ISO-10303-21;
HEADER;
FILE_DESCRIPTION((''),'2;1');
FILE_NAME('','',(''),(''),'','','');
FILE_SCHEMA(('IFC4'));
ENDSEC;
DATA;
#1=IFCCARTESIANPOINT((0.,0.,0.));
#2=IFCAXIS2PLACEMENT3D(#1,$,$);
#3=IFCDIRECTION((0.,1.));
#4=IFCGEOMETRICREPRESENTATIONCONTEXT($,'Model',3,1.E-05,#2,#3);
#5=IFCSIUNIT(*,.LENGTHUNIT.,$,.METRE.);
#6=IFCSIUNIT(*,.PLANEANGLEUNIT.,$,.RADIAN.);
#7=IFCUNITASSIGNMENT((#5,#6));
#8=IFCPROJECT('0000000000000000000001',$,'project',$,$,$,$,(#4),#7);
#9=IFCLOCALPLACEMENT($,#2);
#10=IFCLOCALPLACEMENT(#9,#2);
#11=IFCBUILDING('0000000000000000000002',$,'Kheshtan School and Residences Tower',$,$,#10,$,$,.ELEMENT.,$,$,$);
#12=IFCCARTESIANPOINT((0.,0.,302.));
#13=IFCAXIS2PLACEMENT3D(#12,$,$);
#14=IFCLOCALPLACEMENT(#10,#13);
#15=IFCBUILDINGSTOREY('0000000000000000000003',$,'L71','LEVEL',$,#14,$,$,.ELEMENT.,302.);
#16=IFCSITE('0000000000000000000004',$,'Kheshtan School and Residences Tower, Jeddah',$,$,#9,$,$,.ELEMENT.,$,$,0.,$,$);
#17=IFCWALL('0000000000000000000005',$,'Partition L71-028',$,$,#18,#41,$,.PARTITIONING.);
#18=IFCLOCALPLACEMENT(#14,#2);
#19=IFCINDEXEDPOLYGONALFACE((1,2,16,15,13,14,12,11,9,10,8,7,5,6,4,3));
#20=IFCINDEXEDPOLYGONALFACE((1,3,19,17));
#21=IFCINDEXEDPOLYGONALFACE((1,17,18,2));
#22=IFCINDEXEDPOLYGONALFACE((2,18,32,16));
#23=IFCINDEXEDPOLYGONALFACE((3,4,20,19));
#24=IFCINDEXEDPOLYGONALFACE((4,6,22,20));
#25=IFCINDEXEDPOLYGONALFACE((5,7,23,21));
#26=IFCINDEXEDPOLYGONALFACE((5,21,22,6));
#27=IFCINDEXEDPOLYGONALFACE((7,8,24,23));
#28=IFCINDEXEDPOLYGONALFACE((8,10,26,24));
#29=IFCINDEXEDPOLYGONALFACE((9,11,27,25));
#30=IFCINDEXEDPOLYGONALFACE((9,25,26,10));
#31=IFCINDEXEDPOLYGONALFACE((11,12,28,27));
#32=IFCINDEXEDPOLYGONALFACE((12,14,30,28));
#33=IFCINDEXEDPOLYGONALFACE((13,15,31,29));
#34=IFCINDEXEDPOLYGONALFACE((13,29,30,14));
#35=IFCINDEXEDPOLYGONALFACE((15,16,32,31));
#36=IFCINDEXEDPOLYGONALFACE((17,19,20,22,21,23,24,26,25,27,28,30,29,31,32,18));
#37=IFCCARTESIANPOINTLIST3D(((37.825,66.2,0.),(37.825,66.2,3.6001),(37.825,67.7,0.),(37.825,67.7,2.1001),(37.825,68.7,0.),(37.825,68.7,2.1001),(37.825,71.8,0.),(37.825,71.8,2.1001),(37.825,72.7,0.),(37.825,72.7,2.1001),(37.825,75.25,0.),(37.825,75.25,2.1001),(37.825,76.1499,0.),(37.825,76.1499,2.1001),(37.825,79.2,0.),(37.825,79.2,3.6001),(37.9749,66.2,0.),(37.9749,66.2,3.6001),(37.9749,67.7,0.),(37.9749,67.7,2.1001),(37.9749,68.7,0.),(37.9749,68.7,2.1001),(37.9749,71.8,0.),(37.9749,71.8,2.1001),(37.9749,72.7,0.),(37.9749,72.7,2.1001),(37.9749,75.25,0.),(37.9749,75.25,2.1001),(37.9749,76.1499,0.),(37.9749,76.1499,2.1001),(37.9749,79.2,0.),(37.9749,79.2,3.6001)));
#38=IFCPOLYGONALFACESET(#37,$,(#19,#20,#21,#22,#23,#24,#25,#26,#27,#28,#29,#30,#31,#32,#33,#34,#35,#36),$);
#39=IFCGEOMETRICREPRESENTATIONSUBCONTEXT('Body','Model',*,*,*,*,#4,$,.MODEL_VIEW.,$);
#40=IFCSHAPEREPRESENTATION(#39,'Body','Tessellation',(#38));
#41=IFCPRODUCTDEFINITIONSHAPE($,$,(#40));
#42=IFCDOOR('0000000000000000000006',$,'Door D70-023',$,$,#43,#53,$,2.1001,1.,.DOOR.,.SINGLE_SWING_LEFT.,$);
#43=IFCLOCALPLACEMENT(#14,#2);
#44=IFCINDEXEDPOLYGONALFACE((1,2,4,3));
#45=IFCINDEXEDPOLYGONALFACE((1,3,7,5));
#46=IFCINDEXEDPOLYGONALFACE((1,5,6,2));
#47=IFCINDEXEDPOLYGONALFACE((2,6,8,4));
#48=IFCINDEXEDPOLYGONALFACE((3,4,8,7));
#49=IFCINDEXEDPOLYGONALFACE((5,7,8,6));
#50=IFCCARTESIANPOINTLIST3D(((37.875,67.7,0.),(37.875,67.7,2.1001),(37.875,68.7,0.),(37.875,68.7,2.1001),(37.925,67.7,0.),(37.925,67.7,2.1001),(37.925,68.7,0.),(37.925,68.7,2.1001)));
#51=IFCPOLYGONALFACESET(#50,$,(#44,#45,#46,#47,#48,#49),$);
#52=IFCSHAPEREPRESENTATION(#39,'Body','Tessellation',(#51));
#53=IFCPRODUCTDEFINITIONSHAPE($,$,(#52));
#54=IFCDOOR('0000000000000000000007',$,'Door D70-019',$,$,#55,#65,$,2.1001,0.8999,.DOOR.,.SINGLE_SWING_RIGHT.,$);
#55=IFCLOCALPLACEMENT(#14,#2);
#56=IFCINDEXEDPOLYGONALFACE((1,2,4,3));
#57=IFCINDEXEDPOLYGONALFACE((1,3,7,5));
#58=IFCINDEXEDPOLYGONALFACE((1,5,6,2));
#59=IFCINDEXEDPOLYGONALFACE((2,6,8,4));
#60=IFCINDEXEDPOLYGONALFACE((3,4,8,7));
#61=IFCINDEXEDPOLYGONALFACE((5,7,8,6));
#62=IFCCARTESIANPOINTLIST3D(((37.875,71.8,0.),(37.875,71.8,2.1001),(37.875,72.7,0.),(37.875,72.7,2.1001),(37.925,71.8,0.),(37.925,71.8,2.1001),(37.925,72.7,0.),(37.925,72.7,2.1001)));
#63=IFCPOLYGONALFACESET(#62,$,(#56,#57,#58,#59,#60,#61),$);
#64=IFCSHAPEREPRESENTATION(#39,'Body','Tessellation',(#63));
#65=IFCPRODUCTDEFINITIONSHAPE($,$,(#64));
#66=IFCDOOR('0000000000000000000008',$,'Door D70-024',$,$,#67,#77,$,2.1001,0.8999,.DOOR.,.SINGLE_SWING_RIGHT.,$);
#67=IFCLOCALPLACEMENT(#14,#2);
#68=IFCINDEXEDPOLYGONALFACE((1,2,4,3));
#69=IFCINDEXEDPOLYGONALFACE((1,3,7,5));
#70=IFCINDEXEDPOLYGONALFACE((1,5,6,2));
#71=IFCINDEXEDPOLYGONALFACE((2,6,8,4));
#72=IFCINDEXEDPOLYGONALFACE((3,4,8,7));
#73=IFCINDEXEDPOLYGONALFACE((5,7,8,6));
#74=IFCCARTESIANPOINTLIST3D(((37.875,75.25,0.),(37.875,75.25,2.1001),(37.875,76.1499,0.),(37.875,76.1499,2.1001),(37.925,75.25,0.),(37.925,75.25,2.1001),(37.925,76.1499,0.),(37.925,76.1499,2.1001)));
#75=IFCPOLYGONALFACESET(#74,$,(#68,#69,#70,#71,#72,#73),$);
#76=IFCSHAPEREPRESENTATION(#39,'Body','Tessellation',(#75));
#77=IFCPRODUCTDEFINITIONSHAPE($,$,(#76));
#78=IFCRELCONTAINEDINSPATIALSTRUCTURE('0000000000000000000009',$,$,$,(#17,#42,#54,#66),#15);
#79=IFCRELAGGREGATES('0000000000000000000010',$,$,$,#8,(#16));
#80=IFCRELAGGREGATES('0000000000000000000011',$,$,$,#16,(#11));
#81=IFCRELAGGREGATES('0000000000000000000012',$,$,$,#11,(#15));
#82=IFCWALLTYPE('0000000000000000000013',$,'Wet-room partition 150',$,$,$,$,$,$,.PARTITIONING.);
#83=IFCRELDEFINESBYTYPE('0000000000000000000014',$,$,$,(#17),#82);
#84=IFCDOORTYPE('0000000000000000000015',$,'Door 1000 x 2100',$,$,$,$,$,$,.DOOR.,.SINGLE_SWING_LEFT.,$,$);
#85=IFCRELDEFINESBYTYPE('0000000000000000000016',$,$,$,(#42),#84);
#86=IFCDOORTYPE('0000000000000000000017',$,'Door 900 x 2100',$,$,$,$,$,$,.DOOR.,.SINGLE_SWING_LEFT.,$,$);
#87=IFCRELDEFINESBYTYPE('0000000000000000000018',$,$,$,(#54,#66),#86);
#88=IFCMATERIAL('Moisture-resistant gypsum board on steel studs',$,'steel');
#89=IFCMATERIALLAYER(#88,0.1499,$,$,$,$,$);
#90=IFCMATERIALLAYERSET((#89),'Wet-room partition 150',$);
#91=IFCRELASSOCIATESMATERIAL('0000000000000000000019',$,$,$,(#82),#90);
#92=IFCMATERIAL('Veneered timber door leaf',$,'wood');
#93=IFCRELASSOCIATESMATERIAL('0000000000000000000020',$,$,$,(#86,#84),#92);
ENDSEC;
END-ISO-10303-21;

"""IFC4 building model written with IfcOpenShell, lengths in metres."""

from ifc_helpers import new_model, si_unit, direction, frame, frame_2d, origin, place, context, subcontext, project, spatial, rectangle, extrude, source, transform, mapped, material, layer, layer_set, type_object, element, fill, save


model = new_model("IFC4")

# Units and contexts
model_context = context("Model", 3, precision=1e-05, world=origin(), true_north=direction((0.0, 1.0)))
body_context = subcontext(model_context, "Body", "Model", "MODEL_VIEW")
ifc_project = project(units=[si_unit("LENGTHUNIT", "METRE"), si_unit("PLANEANGLEUNIT", "RADIAN")], contexts=[model_context])

# Site, building, storey
site_placement = place(None, origin())
site = spatial("IfcSite", under=ifc_project, at=site_placement, Name="Kheshtan School and Residences Tower, Jeddah", CompositionType="ELEMENT", RefElevation=0.0)
building_placement = place(site_placement, origin())
building = spatial("IfcBuilding", under=site, at=building_placement, Name="Kheshtan School and Residences Tower", CompositionType="ELEMENT")
storey_placement = place(building_placement, frame((0.0, 0.0, 302.0)))
storey = spatial("IfcBuildingStorey", under=building, at=storey_placement, Name="L71", Description="LEVEL", CompositionType="ELEMENT", Elevation=302.0)

# Shared definitions
ifc_material_1 = material(Name="Moisture-resistant gypsum board on steel studs", Category="steel")
ifc_layer_1 = layer(ifc_material_1, 0.1499)
ifc_layer_set_1 = layer_set([ifc_layer_1], Name="Wet-room partition 150")
wall_type_1 = type_object("IfcWallType", Name="Wet-room partition 150", PredefinedType="PARTITIONING", material=ifc_layer_set_1)

# Shared definitions
ifc_material_2 = material(Name="Veneered timber door leaf", Category="wood")

# Wall, openings, doors
door_type_1 = type_object("IfcDoorType", Name="Door 900 x 2100", OperationType="SINGLE_SWING_LEFT", PredefinedType="DOOR", material=ifc_material_2)
shared_shape_1 = source(origin(), body_context, "Body", "SweptSolid", [
    extrude(rectangle(XDim=0.8999, YDim=2.1001, at=frame_2d((0.45, 1.05))), frame((0.0, 0.0249, 0.0), z_axis=(0.0, -1.0, 0.0), x_axis=(1.0, 0.0, 0.0)), (0.0, 0.0, 1.0), 0.05),
])
wall_1_placement = place(storey_placement, frame((37.8999, 66.2, 0.0), z_axis=(0.0, 0.0, 1.0), x_axis=(0.0, 1.0, 0.0)))
wall_1 = element("IfcWall", 1, at=wall_1_placement, inside=storey, type_object=wall_type_1, Name="Partition L71-028", PredefinedType="PARTITIONING", context=body_context, shape_type="SweptSolid", body=[
    extrude(rectangle(XDim=13.0, YDim=0.1499, at=frame_2d((6.5, 0.0))), origin(), (0.0, 0.0, 1.0), 3.6001),
])
opening_1_placement = place(wall_1_placement, frame((5.6001, 0.0, 0.0)))
opening_1 = element("IfcOpeningElement", 2, at=opening_1_placement, cuts=wall_1, PredefinedType="OPENING", context=body_context, shape_type="SweptSolid", body=[
    extrude(rectangle(XDim=0.8999, YDim=2.1001, at=frame_2d((0.45, 1.05))), frame((0.0, 0.085, 0.0), z_axis=(0.0, -1.0, 0.0), x_axis=(1.0, 0.0, 0.0)), (0.0, 0.0, 1.0), 0.1699),
])
opening_2_placement = place(wall_1_placement, frame((1.5, 0.0, 0.0)))
opening_2 = element("IfcOpeningElement", 3, at=opening_2_placement, cuts=wall_1, PredefinedType="OPENING", context=body_context, shape_type="SweptSolid", body=[
    extrude(rectangle(XDim=1.0, YDim=2.1001, at=frame_2d((0.5, 1.05))), frame((0.0, 0.085, 0.0), z_axis=(0.0, -1.0, 0.0), x_axis=(1.0, 0.0, 0.0)), (0.0, 0.0, 1.0), 0.1699),
])
opening_3_placement = place(wall_1_placement, frame((9.05, 0.0, 0.0)))
opening_3 = element("IfcOpeningElement", 4, at=opening_3_placement, cuts=wall_1, PredefinedType="OPENING", context=body_context, shape_type="SweptSolid", body=[
    extrude(rectangle(XDim=0.8999, YDim=2.1001, at=frame_2d((0.45, 1.05))), frame((0.0, 0.085, 0.0), z_axis=(0.0, -1.0, 0.0), x_axis=(1.0, 0.0, 0.0)), (0.0, 0.0, 1.0), 0.1699),
])
door_type_2 = type_object("IfcDoorType", Name="Door 1000 x 2100", OperationType="SINGLE_SWING_LEFT", PredefinedType="DOOR", material=ifc_material_2)
shared_shape_2 = source(origin(), body_context, "Body", "SweptSolid", [
    extrude(rectangle(XDim=1.0, YDim=2.1001, at=frame_2d((0.5, 1.05))), frame((0.0, 0.0249, 0.0), z_axis=(0.0, -1.0, 0.0), x_axis=(1.0, 0.0, 0.0)), (0.0, 0.0, 1.0), 0.05),
])
door_1_placement = place(opening_2_placement, origin())
door_1 = element("IfcDoor", 5, at=door_1_placement, inside=storey, type_object=door_type_2, Name="Door D70-023", OperationType="SINGLE_SWING_LEFT", OverallHeight=2.1001, OverallWidth=1.0, PredefinedType="DOOR", context=body_context, shape_type="MappedRepresentation", body=[
    mapped(shared_shape_2, transform((0.0, 0.0, 0.0), x_axis=(1.0, 0.0, 0.0), y_axis=(0.0, 1.0, 0.0), z_axis=(0.0, 0.0, 1.0), scale=1.0)),
])
fill(opening_2, door_1)
door_2_placement = place(opening_1_placement, origin())
door_2 = element("IfcDoor", 6, at=door_2_placement, inside=storey, type_object=door_type_1, Name="Door D70-019", OperationType="SINGLE_SWING_RIGHT", OverallHeight=2.1001, OverallWidth=0.8999, PredefinedType="DOOR", context=body_context, shape_type="MappedRepresentation", body=[
    mapped(shared_shape_1, transform((0.0, 0.0, 0.0), x_axis=(1.0, 0.0, 0.0), y_axis=(0.0, 1.0, 0.0), z_axis=(0.0, 0.0, 1.0), scale=1.0)),
])
fill(opening_1, door_2)
door_3_placement = place(opening_3_placement, origin())
door_3 = element("IfcDoor", 7, at=door_3_placement, inside=storey, type_object=door_type_1, Name="Door D70-024", OperationType="SINGLE_SWING_RIGHT", OverallHeight=2.1001, OverallWidth=0.8999, PredefinedType="DOOR", context=body_context, shape_type="MappedRepresentation", body=[
    mapped(shared_shape_1, transform((0.0, 0.0, 0.0), x_axis=(1.0, 0.0, 0.0), y_axis=(0.0, 1.0, 0.0), z_axis=(0.0, 0.0, 1.0), scale=1.0)),
])
fill(opening_3, door_3)

save(model, "model.ifc")
